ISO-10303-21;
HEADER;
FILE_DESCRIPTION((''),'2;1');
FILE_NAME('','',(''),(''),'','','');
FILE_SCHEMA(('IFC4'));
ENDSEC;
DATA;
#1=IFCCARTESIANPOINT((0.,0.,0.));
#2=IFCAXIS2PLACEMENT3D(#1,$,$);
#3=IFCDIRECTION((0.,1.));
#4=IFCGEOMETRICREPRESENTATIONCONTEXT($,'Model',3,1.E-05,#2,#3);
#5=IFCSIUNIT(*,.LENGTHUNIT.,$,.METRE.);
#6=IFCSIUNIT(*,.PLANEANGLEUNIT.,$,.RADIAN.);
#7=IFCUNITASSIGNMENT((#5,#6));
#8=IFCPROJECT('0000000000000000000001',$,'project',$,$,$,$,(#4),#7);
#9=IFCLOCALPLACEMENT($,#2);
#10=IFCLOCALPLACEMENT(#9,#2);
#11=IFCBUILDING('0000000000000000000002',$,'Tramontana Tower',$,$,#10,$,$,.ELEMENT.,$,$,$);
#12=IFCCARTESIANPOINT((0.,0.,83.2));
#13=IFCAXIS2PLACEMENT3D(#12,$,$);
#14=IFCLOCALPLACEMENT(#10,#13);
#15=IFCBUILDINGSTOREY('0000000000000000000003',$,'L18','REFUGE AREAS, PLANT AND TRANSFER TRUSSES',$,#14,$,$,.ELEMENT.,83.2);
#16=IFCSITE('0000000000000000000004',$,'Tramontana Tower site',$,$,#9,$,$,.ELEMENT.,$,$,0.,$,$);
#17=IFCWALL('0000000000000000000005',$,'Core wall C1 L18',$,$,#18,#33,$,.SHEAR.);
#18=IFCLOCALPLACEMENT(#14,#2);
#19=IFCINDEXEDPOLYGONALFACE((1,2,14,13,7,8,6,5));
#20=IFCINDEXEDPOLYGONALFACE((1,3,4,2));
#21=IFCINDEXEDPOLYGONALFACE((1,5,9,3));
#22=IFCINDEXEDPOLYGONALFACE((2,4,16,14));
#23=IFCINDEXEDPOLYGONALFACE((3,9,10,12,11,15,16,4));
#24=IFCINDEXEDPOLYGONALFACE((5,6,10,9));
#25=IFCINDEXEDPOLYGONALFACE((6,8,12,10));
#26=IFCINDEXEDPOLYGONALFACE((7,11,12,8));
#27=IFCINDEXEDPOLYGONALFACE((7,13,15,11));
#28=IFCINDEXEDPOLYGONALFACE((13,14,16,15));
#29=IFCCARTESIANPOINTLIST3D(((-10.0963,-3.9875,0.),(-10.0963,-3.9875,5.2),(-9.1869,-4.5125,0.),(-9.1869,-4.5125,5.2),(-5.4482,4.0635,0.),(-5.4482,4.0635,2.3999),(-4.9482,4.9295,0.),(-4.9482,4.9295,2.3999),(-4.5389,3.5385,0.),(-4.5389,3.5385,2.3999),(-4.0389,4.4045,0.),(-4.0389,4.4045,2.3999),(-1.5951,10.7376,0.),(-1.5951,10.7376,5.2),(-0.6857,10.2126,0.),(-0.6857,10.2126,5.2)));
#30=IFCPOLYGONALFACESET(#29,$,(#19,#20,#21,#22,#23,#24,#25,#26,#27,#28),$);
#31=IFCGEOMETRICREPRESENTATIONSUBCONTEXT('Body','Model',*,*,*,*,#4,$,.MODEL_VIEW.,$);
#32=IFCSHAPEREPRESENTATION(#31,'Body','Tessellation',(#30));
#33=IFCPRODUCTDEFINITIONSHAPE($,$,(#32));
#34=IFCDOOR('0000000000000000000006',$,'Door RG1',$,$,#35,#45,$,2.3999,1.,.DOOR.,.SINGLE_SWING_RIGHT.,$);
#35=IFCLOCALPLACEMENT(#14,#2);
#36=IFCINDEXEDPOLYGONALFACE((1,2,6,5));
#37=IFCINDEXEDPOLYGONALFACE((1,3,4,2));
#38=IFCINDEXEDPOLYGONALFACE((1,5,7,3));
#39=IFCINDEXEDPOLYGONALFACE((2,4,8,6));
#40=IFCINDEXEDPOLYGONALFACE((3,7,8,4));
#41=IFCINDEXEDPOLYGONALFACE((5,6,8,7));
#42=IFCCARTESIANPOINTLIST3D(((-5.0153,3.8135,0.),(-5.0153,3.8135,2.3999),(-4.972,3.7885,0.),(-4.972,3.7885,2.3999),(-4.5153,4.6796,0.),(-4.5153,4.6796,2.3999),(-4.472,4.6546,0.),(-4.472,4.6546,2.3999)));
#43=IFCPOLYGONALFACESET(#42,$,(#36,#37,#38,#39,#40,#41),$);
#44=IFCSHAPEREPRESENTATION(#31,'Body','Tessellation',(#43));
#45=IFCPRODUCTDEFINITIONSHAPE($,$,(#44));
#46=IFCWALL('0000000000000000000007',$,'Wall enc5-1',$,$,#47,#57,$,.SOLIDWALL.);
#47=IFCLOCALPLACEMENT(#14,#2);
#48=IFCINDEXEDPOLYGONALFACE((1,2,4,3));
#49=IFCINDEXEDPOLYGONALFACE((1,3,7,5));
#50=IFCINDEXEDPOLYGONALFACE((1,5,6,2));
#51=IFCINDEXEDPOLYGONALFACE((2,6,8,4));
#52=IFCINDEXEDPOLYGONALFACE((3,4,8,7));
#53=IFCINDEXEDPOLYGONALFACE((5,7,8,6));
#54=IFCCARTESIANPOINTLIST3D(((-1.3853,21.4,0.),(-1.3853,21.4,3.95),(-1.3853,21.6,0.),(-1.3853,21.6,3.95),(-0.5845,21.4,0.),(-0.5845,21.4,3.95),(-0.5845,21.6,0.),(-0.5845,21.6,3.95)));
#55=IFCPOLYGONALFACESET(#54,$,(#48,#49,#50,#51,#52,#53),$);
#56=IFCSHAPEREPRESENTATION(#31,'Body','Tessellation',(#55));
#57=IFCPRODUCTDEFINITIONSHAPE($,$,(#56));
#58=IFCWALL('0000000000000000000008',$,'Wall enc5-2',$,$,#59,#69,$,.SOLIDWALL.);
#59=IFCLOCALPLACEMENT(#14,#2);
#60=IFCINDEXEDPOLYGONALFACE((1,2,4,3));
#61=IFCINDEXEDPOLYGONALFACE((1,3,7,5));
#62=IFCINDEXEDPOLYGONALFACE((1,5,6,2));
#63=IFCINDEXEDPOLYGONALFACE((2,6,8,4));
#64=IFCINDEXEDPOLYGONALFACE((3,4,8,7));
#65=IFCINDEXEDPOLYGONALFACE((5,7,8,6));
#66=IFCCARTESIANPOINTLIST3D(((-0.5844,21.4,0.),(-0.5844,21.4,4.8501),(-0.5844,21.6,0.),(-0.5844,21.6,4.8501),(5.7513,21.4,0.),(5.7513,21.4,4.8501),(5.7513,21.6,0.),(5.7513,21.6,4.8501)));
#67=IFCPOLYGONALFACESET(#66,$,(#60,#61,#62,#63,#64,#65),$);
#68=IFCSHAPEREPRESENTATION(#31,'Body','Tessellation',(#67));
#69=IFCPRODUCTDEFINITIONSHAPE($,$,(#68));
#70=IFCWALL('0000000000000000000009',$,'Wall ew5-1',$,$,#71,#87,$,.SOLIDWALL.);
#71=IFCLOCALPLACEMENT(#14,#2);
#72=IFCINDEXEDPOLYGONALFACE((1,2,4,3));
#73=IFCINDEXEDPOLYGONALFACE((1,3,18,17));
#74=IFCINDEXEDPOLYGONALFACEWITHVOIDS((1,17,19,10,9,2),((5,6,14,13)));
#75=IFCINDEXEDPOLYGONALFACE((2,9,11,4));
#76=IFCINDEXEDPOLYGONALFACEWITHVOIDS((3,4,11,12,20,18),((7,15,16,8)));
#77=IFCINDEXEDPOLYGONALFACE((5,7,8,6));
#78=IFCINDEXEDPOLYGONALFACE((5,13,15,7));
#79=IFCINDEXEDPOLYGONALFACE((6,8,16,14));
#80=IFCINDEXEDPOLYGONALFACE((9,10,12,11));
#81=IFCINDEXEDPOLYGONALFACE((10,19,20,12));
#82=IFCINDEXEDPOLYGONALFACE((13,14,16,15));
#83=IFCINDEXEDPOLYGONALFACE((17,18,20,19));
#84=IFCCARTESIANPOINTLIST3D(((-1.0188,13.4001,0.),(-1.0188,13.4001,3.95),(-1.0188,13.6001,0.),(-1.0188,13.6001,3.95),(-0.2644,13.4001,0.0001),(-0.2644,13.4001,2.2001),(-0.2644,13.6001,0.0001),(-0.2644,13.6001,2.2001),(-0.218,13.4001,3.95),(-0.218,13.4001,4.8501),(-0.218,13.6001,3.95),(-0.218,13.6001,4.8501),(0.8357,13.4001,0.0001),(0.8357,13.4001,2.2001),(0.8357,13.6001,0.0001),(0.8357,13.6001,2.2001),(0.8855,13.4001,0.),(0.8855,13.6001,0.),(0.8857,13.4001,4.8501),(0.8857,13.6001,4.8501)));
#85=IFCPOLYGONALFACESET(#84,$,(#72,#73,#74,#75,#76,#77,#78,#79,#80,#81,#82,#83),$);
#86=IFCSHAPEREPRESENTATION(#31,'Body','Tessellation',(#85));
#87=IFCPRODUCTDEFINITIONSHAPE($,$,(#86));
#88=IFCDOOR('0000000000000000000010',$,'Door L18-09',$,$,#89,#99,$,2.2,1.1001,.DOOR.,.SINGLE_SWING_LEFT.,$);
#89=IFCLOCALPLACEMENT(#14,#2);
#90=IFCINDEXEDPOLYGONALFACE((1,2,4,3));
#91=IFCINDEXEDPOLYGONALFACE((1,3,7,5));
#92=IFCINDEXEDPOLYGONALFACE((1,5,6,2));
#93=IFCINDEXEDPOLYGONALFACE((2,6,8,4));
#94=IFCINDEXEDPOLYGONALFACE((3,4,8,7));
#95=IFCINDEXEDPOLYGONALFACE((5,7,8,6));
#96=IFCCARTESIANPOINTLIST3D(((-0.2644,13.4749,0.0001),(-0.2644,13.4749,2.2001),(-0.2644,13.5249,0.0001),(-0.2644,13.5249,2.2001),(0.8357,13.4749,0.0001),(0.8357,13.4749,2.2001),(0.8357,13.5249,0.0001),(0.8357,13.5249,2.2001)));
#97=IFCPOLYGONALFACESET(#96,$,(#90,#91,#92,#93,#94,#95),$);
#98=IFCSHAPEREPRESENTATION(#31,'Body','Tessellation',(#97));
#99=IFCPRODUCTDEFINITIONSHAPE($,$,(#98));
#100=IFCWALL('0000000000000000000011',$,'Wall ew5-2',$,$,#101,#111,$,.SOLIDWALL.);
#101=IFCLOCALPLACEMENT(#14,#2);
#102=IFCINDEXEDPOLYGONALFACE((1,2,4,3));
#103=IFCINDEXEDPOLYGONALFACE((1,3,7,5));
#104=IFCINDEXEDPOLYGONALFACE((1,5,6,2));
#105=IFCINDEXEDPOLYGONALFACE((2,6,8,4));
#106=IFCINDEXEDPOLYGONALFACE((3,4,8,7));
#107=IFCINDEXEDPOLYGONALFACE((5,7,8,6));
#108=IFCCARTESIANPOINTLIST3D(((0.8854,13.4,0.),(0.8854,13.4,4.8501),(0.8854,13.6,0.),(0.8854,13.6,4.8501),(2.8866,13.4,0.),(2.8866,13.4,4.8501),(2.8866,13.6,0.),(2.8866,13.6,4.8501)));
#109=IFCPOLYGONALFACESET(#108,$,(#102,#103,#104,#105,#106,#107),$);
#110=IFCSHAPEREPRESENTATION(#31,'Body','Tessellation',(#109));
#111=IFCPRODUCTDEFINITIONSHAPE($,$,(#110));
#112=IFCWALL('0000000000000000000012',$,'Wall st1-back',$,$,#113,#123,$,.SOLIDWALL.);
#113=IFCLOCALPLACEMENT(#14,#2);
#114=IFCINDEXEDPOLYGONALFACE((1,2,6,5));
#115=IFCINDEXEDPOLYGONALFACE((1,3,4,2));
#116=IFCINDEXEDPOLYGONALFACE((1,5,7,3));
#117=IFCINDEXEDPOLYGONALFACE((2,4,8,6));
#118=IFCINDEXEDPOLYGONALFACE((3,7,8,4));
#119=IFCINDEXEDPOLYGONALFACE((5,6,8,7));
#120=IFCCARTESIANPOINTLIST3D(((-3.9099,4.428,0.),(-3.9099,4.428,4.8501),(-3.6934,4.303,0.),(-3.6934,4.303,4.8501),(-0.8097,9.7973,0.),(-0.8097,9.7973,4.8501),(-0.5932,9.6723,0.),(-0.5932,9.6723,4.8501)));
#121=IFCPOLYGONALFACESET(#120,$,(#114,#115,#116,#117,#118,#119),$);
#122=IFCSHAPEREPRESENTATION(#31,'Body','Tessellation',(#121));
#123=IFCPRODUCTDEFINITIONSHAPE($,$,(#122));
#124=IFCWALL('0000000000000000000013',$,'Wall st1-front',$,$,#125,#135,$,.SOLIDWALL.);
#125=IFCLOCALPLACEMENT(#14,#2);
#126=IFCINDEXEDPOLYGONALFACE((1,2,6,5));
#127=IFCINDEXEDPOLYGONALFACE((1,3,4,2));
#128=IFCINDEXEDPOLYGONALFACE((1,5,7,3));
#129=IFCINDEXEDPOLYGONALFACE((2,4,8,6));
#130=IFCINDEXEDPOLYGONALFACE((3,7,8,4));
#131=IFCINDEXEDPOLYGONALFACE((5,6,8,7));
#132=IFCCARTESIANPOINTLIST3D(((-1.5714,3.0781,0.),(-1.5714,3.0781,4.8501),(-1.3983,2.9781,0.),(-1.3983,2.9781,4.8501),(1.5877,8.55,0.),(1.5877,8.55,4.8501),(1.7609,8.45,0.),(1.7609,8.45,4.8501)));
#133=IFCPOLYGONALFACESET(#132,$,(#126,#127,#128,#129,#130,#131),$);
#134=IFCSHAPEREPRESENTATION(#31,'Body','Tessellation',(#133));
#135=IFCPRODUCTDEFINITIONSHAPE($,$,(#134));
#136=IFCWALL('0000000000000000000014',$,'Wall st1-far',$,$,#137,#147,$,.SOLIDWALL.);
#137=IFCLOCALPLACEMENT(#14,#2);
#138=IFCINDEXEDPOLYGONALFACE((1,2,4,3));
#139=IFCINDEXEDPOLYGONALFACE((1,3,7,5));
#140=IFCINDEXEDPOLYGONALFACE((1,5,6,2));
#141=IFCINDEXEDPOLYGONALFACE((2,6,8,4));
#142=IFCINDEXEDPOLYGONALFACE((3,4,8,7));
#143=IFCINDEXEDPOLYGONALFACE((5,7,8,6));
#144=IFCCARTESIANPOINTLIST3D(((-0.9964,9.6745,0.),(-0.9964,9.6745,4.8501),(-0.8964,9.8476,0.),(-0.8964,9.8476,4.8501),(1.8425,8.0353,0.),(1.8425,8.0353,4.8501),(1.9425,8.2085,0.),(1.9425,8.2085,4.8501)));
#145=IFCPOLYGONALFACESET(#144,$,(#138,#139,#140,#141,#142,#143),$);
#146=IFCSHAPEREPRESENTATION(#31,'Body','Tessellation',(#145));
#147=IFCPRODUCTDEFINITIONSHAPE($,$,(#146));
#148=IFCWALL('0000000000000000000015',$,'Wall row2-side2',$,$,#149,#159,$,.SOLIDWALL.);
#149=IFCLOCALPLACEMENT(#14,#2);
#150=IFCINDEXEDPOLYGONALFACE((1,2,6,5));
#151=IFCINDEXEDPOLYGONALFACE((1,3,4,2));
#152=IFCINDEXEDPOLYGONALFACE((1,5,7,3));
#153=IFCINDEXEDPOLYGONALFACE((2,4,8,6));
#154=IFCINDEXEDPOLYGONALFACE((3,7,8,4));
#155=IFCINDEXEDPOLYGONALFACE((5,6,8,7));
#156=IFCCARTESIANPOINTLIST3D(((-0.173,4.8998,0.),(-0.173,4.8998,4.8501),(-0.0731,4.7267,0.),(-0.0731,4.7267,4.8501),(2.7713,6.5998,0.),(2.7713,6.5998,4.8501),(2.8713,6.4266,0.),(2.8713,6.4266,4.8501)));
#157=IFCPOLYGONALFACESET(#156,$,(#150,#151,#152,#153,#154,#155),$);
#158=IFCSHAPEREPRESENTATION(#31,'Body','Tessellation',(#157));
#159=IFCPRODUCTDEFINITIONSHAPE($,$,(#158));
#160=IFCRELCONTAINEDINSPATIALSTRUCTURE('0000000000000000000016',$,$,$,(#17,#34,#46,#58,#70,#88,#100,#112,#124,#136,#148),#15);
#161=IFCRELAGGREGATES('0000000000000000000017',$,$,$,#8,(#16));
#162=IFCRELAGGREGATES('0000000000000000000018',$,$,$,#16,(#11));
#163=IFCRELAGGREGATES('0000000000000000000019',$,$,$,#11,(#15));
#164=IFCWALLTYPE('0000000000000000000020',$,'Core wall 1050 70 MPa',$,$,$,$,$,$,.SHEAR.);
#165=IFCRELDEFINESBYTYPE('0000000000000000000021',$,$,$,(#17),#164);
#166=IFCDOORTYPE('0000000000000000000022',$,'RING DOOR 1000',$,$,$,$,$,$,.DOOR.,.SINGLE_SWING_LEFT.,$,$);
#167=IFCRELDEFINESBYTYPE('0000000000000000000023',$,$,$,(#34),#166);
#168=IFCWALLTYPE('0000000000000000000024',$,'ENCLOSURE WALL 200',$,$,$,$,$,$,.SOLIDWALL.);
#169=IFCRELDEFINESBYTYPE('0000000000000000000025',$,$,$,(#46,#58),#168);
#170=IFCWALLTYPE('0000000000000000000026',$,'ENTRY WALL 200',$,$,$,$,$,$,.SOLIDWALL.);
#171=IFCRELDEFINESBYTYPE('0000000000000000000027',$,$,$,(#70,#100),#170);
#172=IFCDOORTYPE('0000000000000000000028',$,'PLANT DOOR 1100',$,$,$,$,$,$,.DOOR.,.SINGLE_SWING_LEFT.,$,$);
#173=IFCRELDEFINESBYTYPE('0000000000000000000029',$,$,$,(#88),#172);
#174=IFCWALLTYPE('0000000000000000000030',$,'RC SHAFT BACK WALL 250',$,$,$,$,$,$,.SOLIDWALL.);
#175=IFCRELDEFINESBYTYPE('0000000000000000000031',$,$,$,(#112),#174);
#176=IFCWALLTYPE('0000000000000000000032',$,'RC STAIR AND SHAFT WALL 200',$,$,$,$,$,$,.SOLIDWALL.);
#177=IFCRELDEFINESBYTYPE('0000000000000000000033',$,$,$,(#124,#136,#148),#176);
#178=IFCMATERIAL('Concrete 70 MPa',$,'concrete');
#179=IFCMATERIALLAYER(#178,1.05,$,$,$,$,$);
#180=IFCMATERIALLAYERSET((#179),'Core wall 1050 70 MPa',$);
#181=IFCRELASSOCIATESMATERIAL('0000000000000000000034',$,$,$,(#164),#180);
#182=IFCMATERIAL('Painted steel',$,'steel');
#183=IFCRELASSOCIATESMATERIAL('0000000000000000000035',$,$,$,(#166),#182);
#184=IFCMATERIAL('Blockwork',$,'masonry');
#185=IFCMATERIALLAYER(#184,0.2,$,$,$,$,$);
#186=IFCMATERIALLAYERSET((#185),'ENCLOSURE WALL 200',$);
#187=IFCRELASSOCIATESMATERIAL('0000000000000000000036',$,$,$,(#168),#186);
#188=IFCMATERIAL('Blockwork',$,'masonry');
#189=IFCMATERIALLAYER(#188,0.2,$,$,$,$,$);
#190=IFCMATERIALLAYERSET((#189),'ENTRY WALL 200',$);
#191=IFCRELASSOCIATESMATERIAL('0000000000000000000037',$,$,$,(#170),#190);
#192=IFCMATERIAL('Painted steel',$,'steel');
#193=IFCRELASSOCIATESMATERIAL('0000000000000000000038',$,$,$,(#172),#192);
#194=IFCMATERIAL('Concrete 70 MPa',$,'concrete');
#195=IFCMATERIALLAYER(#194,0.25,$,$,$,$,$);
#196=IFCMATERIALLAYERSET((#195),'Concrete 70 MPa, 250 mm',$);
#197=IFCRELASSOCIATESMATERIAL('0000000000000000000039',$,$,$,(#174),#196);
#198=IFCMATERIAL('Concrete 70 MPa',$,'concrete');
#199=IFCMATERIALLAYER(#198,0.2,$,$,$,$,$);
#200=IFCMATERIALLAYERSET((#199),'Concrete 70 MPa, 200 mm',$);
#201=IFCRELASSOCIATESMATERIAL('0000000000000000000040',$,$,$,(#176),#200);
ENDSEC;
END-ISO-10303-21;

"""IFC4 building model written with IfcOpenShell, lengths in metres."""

from ifc_helpers import new_model, si_unit, direction, frame, frame_2d, origin, place, context, subcontext, project, spatial, polyline, rectangle, outline, extrude, material, layer, layer_set, type_object, element, fill, save


model = new_model("IFC4")

# Units and contexts
model_context = context("Model", 3, precision=1e-05, world=origin(), true_north=direction((0.0, 1.0)))
body_context = subcontext(model_context, "Body", "Model", "MODEL_VIEW")
ifc_project = project(units=[si_unit("LENGTHUNIT", "METRE"), si_unit("PLANEANGLEUNIT", "RADIAN")], contexts=[model_context])

# Site, building, storey
site_placement = place(None, origin())
site = spatial("IfcSite", under=ifc_project, at=site_placement, Name="Tramontana Tower site", CompositionType="ELEMENT", RefElevation=0.0)
building_placement = place(site_placement, origin())
building = spatial("IfcBuilding", under=site, at=building_placement, Name="Tramontana Tower", CompositionType="ELEMENT")
storey_placement = place(building_placement, frame((0.0, 0.0, 83.2)))
storey = spatial("IfcBuildingStorey", under=building, at=storey_placement, Name="L18", Description="REFUGE AREAS, PLANT AND TRANSFER TRUSSES", CompositionType="ELEMENT", Elevation=83.2)

# Shared definitions
ifc_material_1 = material(Name="Concrete 70 MPa", Category="concrete")
ifc_layer_1 = layer(ifc_material_1, 1.05)
ifc_layer_set_1 = layer_set([ifc_layer_1], Name="Core wall 1050 70 MPa")
wall_type_1 = type_object("IfcWallType", Name="Core wall 1050 70 MPa", PredefinedType="SHEAR", material=ifc_layer_set_1)

# Wall, opening, door
wall_1_placement = place(storey_placement, frame((-1.1404, 10.4751, 0.0), z_axis=(0.0, 0.0, 1.0), x_axis=(-0.499986, -0.866034, 0.0)))
wall_1 = element("IfcWall", 1, at=wall_1_placement, inside=storey, type_object=wall_type_1, Name="Core wall C1 L18", PredefinedType="SHEAR", context=body_context, shape_type="SweptSolid", body=[
    extrude(rectangle(XDim=17.0029, YDim=1.05, at=frame_2d((8.5015, 0.0))), origin(), (0.0, 0.0, 1.0), 5.2),
])
opening_1_placement = place(wall_1_placement, frame((6.7065, 0.0, 0.0)))
opening_1 = element("IfcOpeningElement", 2, at=opening_1_placement, cuts=wall_1, PredefinedType="OPENING", context=body_context, shape_type="SweptSolid", body=[
    extrude(rectangle(XDim=1.0, YDim=2.3999, at=frame_2d((0.5, 1.2))), frame((0.0, 0.5349, 0.0), z_axis=(0.0, -1.0, 0.0), x_axis=(1.0, 0.0, 0.0)), (0.0, 0.0, 1.0), 1.0701),
])
ifc_material_2 = material(Name="Painted steel", Category="steel")
door_type_1 = type_object("IfcDoorType", Name="RING DOOR 1000", OperationType="SINGLE_SWING_LEFT", PredefinedType="DOOR", material=ifc_material_2)
door_1_placement = place(opening_1_placement, origin())
door_1 = element("IfcDoor", 3, at=door_1_placement, inside=storey, type_object=door_type_1, Name="Door RG1", OperationType="SINGLE_SWING_RIGHT", OverallHeight=2.3999, OverallWidth=1.0, PredefinedType="DOOR", context=body_context, shape_type="SweptSolid", body=[
    extrude(rectangle(XDim=1.0, YDim=2.3999, at=frame_2d((0.5, 1.2))), frame((0.0, 0.0249, 0.0), z_axis=(0.0, -1.0, 0.0), x_axis=(1.0, 0.0, 0.0)), (0.0, 0.0, 1.0), 0.05),
])
fill(opening_1, door_1)

# Walls
ifc_material_3 = material(Name="Blockwork", Category="masonry")
ifc_layer_2 = layer(ifc_material_3, 0.2)
ifc_layer_set_2 = layer_set([ifc_layer_2], Name="ENCLOSURE WALL 200")
wall_type_2 = type_object("IfcWallType", Name="ENCLOSURE WALL 200", PredefinedType="SOLIDWALL", material=ifc_layer_set_2)
wall_2_placement = place(storey_placement, frame((-1.3853, 21.5, 0.0), z_axis=(0.0, 0.0, 1.0), x_axis=(1.0, 0.0, 0.0)))
element("IfcWall", 4, at=wall_2_placement, inside=storey, type_object=wall_type_2, Name="Wall enc5-1", PredefinedType="SOLIDWALL", context=body_context, shape_type="SweptSolid", body=[
    extrude(rectangle(XDim=0.8008, YDim=0.2, at=frame_2d((0.4004, 0.0))), origin(), (0.0, 0.0, 1.0), 3.95),
])
wall_3_placement = place(storey_placement, frame((-0.5845, 21.5, 0.0), z_axis=(0.0, 0.0, 1.0), x_axis=(1.0, 0.0, 0.0)))
element("IfcWall", 5, at=wall_3_placement, inside=storey, type_object=wall_type_2, Name="Wall enc5-2", PredefinedType="SOLIDWALL", context=body_context, shape_type="SweptSolid", body=[
    extrude(rectangle(XDim=6.3357, YDim=0.2, at=frame_2d((3.168, 0.0))), origin(), (0.0, 0.0, 1.0), 4.8501),
])

# Wall, opening, door
ifc_material_4 = material(Name="Blockwork", Category="masonry")
ifc_layer_3 = layer(ifc_material_4, 0.2)
ifc_layer_set_3 = layer_set([ifc_layer_3], Name="ENTRY WALL 200")
wall_type_3 = type_object("IfcWallType", Name="ENTRY WALL 200", PredefinedType="SOLIDWALL", material=ifc_layer_set_3)
wall_4_placement = place(storey_placement, frame((-1.0188, 13.5, 0.0), z_axis=(0.0, 0.0, 1.0), x_axis=(1.0, 0.0, 0.0)))
wall_4 = element("IfcWall", 6, at=wall_4_placement, inside=storey, type_object=wall_type_3, Name="Wall ew5-1", PredefinedType="SOLIDWALL", context=body_context, shape_type="SweptSolid", body=[
    extrude(outline(polyline([(0.0, 0.0), (1.9043, 0.0), (1.9045, 4.8501), (0.8008, 4.8501), (0.8008, 3.95), (0.0, 3.95), (0.0, 0.0)])), frame((0.0, 0.1001, 0.0), z_axis=(0.0, -1.0, 0.0), x_axis=(1.0, 0.0, 0.0)), (0.0, 0.0, 1.0), 0.2),
])
opening_2_placement = place(wall_4_placement, frame((0.7544, 0.0, 0.0)))
opening_2 = element("IfcOpeningElement", 7, at=opening_2_placement, cuts=wall_4, PredefinedType="OPENING", context=body_context, shape_type="SweptSolid", body=[
    extrude(rectangle(XDim=1.1001, YDim=2.2, at=frame_2d((0.55, 1.1001))), frame((0.0, 0.1099, 0.0), z_axis=(0.0, -1.0, 0.0), x_axis=(1.0, 0.0, 0.0)), (0.0, 0.0, 1.0), 0.22),
])
ifc_material_5 = material(Name="Painted steel", Category="steel")
door_type_2 = type_object("IfcDoorType", Name="PLANT DOOR 1100", OperationType="SINGLE_SWING_LEFT", PredefinedType="DOOR", material=ifc_material_5)
door_2_placement = place(opening_2_placement, origin())
door_2 = element("IfcDoor", 8, at=door_2_placement, inside=storey, type_object=door_type_2, Name="Door L18-09", OperationType="SINGLE_SWING_LEFT", OverallHeight=2.2, OverallWidth=1.1001, PredefinedType="DOOR", context=body_context, shape_type="SweptSolid", body=[
    extrude(rectangle(XDim=1.1001, YDim=2.2, at=frame_2d((0.55, 1.1001))), frame((0.0, 0.0249, 0.0), z_axis=(0.0, -1.0, 0.0), x_axis=(1.0, 0.0, 0.0)), (0.0, 0.0, 1.0), 0.05),
])
fill(opening_2, door_2)

# Walls
wall_5_placement = place(storey_placement, frame((0.8855, 13.5, 0.0), z_axis=(0.0, 0.0, 1.0), x_axis=(1.0, 0.0, 0.0)))
element("IfcWall", 9, at=wall_5_placement, inside=storey, type_object=wall_type_3, Name="Wall ew5-2", PredefinedType="SOLIDWALL", context=body_context, shape_type="SweptSolid", body=[
    extrude(rectangle(XDim=2.0012, YDim=0.2, at=frame_2d((1.0005, 0.0))), origin(), (0.0, 0.0, 1.0), 4.8501),
])
ifc_material_6 = material(Name="Concrete 70 MPa", Category="concrete")
ifc_layer_4 = layer(ifc_material_6, 0.25)
ifc_layer_set_4 = layer_set([ifc_layer_4], Name="Concrete 70 MPa, 250 mm")
wall_type_4 = type_object("IfcWallType", Name="RC SHAFT BACK WALL 250", PredefinedType="SOLIDWALL", material=ifc_layer_set_4)
wall_6_placement = place(storey_placement, frame((-0.7014, 9.7349, 0.0), z_axis=(0.0, 0.0, 1.0), x_axis=(-0.500027, -0.86601, 0.0)))
element("IfcWall", 10, at=wall_6_placement, inside=storey, type_object=wall_type_4, Name="Wall st1-back", PredefinedType="SOLIDWALL", context=body_context, shape_type="SweptSolid", body=[
    extrude(rectangle(XDim=6.2, YDim=0.25, at=frame_2d((3.1001, 0.0))), origin(), (0.0, 0.0, 1.0), 4.8501),
])
ifc_material_7 = material(Name="Concrete 70 MPa", Category="concrete")
ifc_layer_5 = layer(ifc_material_7, 0.2)
ifc_layer_set_5 = layer_set([ifc_layer_5], Name="Concrete 70 MPa, 200 mm")
wall_type_5 = type_object("IfcWallType", Name="RC STAIR AND SHAFT WALL 200", PredefinedType="SOLIDWALL", material=ifc_layer_set_5)
wall_7_placement = place(storey_placement, frame((1.6743, 8.5, 0.0), z_axis=(0.0, 0.0, 1.0), x_axis=(-0.499996, -0.866028, 0.0)))
element("IfcWall", 11, at=wall_7_placement, inside=storey, type_object=wall_type_5, Name="Wall st1-front", PredefinedType="SOLIDWALL", context=body_context, shape_type="SweptSolid", body=[
    extrude(rectangle(XDim=6.3184, YDim=0.2, at=frame_2d((3.1592, 0.0))), origin(), (0.0, 0.0, 1.0), 4.8501),
])
wall_8_placement = place(storey_placement, frame((1.8926, 8.1218, 0.0), z_axis=(0.0, 0.0, 1.0), x_axis=(-0.866007, 0.500032, 0.0)))
element("IfcWall", 12, at=wall_8_placement, inside=storey, type_object=wall_type_5, Name="Wall st1-far", PredefinedType="SOLIDWALL", context=body_context, shape_type="SweptSolid", body=[
    extrude(rectangle(XDim=3.2781, YDim=0.2, at=frame_2d((1.6392, 0.0))), origin(), (0.0, 0.0, 1.0), 4.8501),
])
wall_9_placement = place(storey_placement, frame((-0.123, 4.8132, 0.0), z_axis=(0.0, 0.0, 1.0), x_axis=(0.866021, 0.500008, 0.0)))
element("IfcWall", 13, at=wall_9_placement, inside=storey, type_object=wall_type_5, Name="Wall row2-side2", PredefinedType="SOLIDWALL", context=body_context, shape_type="SweptSolid", body=[
    extrude(rectangle(XDim=3.3999, YDim=0.2, at=frame_2d((1.7, 0.0))), origin(), (0.0, 0.0, 1.0), 4.8501),
])

save(model, "model.ifc")
